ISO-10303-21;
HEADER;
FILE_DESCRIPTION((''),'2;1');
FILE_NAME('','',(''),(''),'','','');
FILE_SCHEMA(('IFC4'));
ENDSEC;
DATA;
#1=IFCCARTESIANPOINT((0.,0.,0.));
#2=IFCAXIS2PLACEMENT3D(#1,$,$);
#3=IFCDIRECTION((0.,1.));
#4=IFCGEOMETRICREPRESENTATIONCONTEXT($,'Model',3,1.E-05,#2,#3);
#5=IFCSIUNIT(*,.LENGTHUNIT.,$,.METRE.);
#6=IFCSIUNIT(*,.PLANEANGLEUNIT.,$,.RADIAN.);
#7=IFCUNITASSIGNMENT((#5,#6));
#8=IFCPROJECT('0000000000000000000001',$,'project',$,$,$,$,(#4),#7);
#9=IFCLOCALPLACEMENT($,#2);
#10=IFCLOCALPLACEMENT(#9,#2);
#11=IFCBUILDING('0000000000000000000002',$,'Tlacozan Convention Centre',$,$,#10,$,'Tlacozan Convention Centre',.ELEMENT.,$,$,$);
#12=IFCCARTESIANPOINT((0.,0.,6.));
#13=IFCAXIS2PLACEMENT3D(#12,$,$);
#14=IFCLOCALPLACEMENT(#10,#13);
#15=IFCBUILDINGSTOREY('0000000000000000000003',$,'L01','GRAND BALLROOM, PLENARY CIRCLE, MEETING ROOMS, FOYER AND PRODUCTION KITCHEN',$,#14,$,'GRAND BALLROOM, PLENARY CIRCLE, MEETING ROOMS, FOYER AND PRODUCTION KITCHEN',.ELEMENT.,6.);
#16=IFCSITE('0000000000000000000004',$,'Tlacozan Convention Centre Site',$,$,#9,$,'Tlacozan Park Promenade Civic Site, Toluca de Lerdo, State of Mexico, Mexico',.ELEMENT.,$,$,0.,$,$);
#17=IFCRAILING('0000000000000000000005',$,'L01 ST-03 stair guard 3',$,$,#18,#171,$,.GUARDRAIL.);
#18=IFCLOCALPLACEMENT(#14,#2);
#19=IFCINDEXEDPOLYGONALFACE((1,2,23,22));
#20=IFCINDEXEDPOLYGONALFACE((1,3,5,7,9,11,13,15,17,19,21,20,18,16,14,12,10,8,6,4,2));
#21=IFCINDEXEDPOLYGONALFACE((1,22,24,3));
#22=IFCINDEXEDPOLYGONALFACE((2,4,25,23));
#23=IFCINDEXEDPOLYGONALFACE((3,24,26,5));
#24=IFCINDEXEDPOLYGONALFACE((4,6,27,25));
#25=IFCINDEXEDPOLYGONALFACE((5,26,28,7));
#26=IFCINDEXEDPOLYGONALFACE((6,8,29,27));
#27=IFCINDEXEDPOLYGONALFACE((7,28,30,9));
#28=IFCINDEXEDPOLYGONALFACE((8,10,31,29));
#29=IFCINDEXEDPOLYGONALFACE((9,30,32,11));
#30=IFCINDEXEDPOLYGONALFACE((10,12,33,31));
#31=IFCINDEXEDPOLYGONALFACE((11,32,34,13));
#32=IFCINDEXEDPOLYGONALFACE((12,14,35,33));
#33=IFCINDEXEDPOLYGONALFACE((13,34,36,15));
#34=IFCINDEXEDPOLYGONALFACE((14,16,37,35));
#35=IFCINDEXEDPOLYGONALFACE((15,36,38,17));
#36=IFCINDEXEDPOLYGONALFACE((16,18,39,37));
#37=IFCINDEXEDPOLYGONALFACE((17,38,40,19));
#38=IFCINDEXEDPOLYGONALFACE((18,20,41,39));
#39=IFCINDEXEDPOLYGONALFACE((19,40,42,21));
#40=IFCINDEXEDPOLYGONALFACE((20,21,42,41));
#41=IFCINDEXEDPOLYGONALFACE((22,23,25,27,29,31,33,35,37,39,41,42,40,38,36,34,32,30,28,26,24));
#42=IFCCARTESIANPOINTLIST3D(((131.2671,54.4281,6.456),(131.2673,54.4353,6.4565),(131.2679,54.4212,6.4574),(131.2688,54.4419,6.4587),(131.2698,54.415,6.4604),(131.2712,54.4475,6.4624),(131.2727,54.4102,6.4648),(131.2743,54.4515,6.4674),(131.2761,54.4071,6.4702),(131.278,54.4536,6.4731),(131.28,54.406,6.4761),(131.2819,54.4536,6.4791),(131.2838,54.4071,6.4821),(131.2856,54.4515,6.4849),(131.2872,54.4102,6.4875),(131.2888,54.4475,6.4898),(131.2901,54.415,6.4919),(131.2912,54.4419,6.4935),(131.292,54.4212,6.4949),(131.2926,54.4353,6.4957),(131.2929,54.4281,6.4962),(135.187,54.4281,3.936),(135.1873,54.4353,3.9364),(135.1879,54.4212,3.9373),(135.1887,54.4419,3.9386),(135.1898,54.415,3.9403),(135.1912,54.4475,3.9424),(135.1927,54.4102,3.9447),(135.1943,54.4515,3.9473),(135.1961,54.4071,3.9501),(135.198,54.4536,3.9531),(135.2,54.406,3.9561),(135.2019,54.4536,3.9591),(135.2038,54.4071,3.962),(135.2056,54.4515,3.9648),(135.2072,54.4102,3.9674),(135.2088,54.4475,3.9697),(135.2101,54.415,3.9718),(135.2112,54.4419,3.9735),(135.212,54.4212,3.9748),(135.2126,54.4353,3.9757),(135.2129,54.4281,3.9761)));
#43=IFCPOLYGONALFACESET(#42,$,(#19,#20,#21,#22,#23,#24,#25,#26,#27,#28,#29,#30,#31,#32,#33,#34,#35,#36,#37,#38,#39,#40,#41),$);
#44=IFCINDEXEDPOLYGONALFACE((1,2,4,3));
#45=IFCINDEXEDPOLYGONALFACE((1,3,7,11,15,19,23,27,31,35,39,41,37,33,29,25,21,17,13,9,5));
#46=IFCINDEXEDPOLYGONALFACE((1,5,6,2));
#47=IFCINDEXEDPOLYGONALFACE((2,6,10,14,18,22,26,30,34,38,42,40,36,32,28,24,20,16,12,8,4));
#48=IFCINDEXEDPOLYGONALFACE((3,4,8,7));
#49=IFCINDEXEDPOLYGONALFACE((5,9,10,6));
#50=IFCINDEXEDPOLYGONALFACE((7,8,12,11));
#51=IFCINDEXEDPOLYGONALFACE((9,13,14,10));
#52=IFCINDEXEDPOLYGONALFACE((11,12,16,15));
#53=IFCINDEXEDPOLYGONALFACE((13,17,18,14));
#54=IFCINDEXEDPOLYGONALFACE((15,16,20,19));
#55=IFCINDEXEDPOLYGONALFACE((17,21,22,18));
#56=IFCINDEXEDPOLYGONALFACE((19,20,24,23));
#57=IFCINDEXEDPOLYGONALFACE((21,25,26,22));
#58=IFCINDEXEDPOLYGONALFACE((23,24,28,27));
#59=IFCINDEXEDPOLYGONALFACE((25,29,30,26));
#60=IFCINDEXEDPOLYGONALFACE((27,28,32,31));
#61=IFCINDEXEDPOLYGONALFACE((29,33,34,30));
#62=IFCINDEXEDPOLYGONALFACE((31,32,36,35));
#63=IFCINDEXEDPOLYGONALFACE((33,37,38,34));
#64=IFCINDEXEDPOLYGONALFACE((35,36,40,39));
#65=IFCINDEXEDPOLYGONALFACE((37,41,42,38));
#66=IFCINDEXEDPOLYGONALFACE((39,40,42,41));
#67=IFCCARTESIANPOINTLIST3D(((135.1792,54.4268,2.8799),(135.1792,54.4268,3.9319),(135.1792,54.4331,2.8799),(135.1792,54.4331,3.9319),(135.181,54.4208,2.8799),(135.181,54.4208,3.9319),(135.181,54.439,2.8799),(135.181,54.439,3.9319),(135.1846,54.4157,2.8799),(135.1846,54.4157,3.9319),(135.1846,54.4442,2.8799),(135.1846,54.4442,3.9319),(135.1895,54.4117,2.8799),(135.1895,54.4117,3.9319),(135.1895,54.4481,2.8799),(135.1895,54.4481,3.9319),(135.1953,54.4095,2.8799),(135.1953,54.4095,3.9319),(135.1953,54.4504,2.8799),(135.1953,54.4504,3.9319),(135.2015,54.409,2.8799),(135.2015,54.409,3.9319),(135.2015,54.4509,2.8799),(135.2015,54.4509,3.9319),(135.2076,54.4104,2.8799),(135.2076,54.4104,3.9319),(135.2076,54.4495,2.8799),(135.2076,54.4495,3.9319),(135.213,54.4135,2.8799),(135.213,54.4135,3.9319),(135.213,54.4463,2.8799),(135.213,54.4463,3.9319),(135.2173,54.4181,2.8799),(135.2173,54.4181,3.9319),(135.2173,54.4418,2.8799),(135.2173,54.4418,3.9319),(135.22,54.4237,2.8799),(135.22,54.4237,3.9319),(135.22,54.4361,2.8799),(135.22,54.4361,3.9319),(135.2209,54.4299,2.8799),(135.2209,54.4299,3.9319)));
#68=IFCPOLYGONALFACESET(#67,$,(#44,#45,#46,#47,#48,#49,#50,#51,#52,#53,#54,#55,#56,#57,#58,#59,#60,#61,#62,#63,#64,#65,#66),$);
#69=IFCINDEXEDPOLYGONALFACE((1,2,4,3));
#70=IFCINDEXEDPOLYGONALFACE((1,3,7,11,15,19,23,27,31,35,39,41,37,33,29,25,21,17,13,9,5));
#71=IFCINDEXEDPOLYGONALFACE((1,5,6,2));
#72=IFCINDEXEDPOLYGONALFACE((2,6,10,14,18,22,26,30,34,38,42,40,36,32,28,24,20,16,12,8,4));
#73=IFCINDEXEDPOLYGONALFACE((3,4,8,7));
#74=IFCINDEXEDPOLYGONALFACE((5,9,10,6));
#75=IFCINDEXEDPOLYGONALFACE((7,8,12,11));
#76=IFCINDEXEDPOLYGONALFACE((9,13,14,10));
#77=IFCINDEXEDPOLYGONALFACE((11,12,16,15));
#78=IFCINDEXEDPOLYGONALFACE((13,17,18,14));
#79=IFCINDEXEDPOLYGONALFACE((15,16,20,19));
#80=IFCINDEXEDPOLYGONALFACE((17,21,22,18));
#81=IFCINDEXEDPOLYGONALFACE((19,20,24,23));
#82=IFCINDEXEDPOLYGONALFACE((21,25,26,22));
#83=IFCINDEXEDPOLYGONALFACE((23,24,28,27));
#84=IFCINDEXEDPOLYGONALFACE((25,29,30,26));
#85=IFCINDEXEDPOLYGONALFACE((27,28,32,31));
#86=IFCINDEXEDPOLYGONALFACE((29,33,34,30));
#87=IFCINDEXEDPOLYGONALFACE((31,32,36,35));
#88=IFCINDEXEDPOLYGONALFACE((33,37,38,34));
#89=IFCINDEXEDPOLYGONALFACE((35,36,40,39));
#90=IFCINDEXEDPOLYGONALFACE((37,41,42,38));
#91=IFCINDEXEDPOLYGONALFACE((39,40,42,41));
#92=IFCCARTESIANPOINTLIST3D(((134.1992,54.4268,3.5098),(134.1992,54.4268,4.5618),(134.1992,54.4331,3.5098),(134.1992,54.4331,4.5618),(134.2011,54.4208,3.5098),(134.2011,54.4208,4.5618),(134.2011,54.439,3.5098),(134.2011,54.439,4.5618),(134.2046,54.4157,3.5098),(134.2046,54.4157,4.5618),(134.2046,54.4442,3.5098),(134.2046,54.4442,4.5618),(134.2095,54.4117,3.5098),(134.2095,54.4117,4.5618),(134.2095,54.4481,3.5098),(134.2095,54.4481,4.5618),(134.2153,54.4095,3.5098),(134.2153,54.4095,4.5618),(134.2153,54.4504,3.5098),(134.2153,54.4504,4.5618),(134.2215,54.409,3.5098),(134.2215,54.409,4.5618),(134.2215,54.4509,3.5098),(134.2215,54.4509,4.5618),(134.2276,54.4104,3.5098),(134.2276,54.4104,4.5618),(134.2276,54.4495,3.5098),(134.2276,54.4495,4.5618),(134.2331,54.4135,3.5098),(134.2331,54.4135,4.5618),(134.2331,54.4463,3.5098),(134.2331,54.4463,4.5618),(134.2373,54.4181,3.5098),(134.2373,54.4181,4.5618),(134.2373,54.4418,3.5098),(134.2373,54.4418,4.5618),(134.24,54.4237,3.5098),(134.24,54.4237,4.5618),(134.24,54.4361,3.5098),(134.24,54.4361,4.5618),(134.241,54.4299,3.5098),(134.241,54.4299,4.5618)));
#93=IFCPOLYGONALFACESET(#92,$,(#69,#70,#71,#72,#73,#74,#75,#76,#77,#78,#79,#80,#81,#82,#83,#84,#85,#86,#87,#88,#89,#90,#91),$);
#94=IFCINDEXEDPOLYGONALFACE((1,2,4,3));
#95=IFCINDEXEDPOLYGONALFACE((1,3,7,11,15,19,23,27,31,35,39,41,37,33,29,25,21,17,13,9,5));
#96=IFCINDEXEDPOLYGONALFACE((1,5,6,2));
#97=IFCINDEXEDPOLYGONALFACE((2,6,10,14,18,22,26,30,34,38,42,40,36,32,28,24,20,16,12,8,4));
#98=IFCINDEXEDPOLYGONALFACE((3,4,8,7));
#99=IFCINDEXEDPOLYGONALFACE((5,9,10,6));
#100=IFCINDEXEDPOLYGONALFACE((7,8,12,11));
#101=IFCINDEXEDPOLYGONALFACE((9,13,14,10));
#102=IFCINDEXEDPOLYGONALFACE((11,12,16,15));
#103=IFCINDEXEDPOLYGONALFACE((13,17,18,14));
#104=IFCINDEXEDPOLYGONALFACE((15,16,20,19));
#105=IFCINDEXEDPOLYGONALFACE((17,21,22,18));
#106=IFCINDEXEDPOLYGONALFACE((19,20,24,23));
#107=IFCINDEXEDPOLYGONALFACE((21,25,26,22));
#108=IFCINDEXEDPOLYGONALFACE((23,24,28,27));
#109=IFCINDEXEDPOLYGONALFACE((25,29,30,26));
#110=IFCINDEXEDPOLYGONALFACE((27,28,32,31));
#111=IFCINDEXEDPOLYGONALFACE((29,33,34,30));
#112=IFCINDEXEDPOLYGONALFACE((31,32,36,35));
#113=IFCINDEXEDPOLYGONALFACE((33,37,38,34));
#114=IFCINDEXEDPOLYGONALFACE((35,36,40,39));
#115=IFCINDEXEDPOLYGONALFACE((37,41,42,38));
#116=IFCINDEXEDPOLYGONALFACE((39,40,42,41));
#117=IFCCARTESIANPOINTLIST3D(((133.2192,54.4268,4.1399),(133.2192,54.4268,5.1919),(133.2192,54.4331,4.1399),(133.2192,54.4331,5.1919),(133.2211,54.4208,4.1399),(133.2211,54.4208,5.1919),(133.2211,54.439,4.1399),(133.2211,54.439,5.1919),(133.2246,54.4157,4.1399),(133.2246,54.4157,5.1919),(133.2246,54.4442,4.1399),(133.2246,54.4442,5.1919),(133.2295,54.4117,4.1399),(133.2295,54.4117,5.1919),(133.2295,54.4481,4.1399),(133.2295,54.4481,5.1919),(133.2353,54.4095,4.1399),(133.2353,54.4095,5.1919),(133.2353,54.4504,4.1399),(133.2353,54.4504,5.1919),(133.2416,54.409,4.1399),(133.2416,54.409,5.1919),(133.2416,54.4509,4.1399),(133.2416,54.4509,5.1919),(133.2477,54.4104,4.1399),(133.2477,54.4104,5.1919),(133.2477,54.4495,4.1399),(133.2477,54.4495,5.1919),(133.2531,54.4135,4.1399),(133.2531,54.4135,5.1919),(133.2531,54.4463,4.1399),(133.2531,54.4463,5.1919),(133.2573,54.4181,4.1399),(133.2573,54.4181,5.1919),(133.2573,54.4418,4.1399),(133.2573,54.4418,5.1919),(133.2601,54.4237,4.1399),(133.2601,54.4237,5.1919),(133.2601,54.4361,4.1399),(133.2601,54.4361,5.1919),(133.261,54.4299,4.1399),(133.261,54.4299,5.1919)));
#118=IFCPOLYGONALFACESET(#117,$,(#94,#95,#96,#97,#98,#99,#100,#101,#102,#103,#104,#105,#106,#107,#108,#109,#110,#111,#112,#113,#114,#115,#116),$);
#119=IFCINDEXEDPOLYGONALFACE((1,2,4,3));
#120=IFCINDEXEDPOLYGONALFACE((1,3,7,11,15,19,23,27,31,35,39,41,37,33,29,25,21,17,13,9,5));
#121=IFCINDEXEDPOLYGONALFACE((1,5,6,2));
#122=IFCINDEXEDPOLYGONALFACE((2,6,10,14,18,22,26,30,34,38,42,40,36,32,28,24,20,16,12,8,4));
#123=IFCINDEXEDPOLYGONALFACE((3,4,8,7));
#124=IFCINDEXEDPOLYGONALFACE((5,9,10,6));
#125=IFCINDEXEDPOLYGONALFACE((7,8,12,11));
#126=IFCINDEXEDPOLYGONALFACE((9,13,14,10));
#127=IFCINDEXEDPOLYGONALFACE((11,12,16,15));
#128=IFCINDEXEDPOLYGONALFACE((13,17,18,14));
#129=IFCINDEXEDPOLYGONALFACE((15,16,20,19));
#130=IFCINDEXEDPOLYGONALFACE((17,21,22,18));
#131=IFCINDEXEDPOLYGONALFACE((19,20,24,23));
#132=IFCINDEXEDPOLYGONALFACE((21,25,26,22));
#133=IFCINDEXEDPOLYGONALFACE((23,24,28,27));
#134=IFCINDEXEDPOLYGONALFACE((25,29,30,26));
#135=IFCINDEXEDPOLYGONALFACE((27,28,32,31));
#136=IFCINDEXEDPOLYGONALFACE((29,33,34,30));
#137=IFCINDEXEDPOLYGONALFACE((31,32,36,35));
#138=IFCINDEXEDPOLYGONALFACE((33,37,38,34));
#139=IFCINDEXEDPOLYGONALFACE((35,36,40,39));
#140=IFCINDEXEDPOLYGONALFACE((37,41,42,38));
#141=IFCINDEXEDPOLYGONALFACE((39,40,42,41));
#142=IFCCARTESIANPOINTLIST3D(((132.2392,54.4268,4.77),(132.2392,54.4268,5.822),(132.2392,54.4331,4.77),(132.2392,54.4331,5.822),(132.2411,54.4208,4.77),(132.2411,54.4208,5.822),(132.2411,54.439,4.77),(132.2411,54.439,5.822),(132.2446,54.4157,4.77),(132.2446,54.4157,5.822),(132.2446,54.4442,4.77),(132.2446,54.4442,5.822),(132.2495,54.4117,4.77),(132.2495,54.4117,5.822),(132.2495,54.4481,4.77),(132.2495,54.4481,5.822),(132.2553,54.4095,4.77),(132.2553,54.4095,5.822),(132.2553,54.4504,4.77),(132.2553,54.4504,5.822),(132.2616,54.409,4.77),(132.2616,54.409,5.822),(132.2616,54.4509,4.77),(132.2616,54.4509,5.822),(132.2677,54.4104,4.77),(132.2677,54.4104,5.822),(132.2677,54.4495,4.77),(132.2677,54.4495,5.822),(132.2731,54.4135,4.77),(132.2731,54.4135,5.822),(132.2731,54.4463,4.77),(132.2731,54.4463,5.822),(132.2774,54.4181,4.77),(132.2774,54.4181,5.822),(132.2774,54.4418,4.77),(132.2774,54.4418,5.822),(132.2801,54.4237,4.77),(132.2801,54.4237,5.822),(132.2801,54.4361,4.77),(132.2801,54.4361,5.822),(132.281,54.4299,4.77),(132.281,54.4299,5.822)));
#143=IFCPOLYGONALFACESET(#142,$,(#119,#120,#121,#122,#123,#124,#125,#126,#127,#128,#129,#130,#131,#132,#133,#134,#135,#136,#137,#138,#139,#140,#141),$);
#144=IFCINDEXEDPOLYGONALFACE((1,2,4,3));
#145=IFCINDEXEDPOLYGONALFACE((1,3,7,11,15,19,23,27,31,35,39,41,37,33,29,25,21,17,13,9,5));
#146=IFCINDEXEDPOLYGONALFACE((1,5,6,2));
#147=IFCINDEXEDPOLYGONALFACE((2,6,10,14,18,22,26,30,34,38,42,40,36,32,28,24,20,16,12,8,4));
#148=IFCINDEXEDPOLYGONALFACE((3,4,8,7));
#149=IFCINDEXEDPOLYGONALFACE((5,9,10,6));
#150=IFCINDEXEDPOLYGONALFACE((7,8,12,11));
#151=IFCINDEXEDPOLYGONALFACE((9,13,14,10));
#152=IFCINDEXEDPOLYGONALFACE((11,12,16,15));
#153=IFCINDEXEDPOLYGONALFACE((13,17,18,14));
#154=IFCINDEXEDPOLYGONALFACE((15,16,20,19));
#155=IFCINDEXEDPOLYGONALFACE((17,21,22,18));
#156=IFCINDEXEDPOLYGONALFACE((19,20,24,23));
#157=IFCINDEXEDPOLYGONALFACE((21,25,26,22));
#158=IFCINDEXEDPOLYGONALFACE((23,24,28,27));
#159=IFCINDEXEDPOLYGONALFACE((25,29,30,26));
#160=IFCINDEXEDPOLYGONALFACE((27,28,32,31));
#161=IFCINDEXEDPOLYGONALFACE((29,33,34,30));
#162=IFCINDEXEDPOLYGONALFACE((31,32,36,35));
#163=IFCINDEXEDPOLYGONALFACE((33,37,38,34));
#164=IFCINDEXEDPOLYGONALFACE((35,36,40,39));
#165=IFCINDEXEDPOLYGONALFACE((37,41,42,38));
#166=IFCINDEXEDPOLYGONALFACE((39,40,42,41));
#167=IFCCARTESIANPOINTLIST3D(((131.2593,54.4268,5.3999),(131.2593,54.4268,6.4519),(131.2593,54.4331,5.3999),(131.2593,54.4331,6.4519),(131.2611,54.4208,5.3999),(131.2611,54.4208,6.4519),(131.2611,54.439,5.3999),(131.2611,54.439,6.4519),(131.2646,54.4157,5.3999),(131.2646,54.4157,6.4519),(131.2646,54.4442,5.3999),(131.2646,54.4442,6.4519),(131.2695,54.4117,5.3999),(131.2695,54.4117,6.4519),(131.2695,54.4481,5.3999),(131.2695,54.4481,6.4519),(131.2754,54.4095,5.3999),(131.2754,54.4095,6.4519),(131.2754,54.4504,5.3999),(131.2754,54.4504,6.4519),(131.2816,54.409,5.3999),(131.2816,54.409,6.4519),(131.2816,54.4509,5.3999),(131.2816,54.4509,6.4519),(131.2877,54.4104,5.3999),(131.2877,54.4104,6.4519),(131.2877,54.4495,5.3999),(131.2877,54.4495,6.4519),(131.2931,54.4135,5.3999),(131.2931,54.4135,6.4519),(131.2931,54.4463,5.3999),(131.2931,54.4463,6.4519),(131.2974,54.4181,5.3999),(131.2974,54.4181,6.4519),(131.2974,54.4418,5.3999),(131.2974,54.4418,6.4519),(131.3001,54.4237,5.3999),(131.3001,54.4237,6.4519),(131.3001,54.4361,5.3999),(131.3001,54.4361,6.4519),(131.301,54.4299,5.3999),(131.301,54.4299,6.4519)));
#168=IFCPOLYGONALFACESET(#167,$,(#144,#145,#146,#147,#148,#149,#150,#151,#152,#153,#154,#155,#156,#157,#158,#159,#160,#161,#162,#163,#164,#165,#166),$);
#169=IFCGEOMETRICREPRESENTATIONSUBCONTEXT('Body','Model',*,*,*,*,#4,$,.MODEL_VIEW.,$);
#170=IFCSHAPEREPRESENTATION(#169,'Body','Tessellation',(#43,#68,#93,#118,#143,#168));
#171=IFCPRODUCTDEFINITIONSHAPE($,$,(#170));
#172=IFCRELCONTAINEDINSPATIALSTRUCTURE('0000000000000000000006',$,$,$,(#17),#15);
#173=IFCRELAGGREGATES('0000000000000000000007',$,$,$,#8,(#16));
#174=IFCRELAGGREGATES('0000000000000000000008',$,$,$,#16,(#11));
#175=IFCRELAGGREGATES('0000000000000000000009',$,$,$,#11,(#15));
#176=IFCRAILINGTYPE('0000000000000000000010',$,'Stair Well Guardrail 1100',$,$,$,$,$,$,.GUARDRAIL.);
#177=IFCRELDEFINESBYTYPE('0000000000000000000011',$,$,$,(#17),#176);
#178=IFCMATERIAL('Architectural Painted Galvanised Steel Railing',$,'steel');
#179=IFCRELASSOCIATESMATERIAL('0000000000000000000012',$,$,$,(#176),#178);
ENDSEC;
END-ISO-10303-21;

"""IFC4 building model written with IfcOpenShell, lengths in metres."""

from ifc_helpers import new_model, si_unit, direction, frame, origin, origin_2d, place, context, subcontext, project, spatial, circle, extrude, material, type_object, element, save


model = new_model("IFC4")

# Units and contexts
model_context = context("Model", 3, precision=1e-05, world=origin(), true_north=direction((0.0, 1.0)))
body_context = subcontext(model_context, "Body", "Model", "MODEL_VIEW")
ifc_project = project(units=[si_unit("LENGTHUNIT", "METRE"), si_unit("PLANEANGLEUNIT", "RADIAN")], contexts=[model_context])

# Site, building, storey
site_placement = place(None, origin())
site = spatial("IfcSite", under=ifc_project, at=site_placement, Name="Tlacozan Convention Centre Site", LongName="Tlacozan Park Promenade Civic Site, Toluca de Lerdo, State of Mexico, Mexico", CompositionType="ELEMENT", RefElevation=0.0)
building_placement = place(site_placement, origin())
building = spatial("IfcBuilding", under=site, at=building_placement, Name="Tlacozan Convention Centre", LongName="Tlacozan Convention Centre", CompositionType="ELEMENT")
storey_placement = place(building_placement, frame((0.0, 0.0, 6.0)))
storey = spatial("IfcBuildingStorey", under=building, at=storey_placement, Name="L01", Description="GRAND BALLROOM, PLENARY CIRCLE, MEETING ROOMS, FOYER AND PRODUCTION KITCHEN", LongName="GRAND BALLROOM, PLENARY CIRCLE, MEETING ROOMS, FOYER AND PRODUCTION KITCHEN", CompositionType="ELEMENT", Elevation=6.0)

# Railing
ifc_material_1 = material(Name="Architectural Painted Galvanised Steel Railing", Category="steel")
railing_type_1 = type_object("IfcRailingType", Name="Stair Well Guardrail 1100", PredefinedType="GUARDRAIL", material=ifc_material_1)
railing_1_placement = place(storey_placement, frame((135.2, 54.4299, 2.8799)))
element("IfcRailing", 1, at=railing_1_placement, inside=storey, type_object=railing_type_1, Name="L01 ST-03 stair guard 3", PredefinedType="GUARDRAIL", context=body_context, shape_type="SweptSolid", body=[
    extrude(circle(Radius=0.0239, at=origin_2d()), frame((0.0, 0.0, 1.0762), z_axis=(-0.841172, 0.0, 0.540768), x_axis=(0.0, -1.0, 0.0)), (0.0, 0.0, 1.0), 4.6602),
    extrude(circle(Radius=0.021, at=origin_2d()), origin(), (0.0, 0.0, 1.0), 1.052),
    extrude(circle(Radius=0.021, at=origin_2d()), frame((-0.98, 0.0, 0.6299)), (0.0, 0.0, 1.0), 1.052),
    extrude(circle(Radius=0.021, at=origin_2d()), frame((-1.96, 0.0, 1.26)), (0.0, 0.0, 1.0), 1.052),
    extrude(circle(Radius=0.021, at=origin_2d()), frame((-2.9399, 0.0, 1.8901)), (0.0, 0.0, 1.0), 1.052),
    extrude(circle(Radius=0.021, at=origin_2d()), frame((-3.9199, 0.0, 2.52)), (0.0, 0.0, 1.0), 1.052),
])

save(model, "model.ifc")
